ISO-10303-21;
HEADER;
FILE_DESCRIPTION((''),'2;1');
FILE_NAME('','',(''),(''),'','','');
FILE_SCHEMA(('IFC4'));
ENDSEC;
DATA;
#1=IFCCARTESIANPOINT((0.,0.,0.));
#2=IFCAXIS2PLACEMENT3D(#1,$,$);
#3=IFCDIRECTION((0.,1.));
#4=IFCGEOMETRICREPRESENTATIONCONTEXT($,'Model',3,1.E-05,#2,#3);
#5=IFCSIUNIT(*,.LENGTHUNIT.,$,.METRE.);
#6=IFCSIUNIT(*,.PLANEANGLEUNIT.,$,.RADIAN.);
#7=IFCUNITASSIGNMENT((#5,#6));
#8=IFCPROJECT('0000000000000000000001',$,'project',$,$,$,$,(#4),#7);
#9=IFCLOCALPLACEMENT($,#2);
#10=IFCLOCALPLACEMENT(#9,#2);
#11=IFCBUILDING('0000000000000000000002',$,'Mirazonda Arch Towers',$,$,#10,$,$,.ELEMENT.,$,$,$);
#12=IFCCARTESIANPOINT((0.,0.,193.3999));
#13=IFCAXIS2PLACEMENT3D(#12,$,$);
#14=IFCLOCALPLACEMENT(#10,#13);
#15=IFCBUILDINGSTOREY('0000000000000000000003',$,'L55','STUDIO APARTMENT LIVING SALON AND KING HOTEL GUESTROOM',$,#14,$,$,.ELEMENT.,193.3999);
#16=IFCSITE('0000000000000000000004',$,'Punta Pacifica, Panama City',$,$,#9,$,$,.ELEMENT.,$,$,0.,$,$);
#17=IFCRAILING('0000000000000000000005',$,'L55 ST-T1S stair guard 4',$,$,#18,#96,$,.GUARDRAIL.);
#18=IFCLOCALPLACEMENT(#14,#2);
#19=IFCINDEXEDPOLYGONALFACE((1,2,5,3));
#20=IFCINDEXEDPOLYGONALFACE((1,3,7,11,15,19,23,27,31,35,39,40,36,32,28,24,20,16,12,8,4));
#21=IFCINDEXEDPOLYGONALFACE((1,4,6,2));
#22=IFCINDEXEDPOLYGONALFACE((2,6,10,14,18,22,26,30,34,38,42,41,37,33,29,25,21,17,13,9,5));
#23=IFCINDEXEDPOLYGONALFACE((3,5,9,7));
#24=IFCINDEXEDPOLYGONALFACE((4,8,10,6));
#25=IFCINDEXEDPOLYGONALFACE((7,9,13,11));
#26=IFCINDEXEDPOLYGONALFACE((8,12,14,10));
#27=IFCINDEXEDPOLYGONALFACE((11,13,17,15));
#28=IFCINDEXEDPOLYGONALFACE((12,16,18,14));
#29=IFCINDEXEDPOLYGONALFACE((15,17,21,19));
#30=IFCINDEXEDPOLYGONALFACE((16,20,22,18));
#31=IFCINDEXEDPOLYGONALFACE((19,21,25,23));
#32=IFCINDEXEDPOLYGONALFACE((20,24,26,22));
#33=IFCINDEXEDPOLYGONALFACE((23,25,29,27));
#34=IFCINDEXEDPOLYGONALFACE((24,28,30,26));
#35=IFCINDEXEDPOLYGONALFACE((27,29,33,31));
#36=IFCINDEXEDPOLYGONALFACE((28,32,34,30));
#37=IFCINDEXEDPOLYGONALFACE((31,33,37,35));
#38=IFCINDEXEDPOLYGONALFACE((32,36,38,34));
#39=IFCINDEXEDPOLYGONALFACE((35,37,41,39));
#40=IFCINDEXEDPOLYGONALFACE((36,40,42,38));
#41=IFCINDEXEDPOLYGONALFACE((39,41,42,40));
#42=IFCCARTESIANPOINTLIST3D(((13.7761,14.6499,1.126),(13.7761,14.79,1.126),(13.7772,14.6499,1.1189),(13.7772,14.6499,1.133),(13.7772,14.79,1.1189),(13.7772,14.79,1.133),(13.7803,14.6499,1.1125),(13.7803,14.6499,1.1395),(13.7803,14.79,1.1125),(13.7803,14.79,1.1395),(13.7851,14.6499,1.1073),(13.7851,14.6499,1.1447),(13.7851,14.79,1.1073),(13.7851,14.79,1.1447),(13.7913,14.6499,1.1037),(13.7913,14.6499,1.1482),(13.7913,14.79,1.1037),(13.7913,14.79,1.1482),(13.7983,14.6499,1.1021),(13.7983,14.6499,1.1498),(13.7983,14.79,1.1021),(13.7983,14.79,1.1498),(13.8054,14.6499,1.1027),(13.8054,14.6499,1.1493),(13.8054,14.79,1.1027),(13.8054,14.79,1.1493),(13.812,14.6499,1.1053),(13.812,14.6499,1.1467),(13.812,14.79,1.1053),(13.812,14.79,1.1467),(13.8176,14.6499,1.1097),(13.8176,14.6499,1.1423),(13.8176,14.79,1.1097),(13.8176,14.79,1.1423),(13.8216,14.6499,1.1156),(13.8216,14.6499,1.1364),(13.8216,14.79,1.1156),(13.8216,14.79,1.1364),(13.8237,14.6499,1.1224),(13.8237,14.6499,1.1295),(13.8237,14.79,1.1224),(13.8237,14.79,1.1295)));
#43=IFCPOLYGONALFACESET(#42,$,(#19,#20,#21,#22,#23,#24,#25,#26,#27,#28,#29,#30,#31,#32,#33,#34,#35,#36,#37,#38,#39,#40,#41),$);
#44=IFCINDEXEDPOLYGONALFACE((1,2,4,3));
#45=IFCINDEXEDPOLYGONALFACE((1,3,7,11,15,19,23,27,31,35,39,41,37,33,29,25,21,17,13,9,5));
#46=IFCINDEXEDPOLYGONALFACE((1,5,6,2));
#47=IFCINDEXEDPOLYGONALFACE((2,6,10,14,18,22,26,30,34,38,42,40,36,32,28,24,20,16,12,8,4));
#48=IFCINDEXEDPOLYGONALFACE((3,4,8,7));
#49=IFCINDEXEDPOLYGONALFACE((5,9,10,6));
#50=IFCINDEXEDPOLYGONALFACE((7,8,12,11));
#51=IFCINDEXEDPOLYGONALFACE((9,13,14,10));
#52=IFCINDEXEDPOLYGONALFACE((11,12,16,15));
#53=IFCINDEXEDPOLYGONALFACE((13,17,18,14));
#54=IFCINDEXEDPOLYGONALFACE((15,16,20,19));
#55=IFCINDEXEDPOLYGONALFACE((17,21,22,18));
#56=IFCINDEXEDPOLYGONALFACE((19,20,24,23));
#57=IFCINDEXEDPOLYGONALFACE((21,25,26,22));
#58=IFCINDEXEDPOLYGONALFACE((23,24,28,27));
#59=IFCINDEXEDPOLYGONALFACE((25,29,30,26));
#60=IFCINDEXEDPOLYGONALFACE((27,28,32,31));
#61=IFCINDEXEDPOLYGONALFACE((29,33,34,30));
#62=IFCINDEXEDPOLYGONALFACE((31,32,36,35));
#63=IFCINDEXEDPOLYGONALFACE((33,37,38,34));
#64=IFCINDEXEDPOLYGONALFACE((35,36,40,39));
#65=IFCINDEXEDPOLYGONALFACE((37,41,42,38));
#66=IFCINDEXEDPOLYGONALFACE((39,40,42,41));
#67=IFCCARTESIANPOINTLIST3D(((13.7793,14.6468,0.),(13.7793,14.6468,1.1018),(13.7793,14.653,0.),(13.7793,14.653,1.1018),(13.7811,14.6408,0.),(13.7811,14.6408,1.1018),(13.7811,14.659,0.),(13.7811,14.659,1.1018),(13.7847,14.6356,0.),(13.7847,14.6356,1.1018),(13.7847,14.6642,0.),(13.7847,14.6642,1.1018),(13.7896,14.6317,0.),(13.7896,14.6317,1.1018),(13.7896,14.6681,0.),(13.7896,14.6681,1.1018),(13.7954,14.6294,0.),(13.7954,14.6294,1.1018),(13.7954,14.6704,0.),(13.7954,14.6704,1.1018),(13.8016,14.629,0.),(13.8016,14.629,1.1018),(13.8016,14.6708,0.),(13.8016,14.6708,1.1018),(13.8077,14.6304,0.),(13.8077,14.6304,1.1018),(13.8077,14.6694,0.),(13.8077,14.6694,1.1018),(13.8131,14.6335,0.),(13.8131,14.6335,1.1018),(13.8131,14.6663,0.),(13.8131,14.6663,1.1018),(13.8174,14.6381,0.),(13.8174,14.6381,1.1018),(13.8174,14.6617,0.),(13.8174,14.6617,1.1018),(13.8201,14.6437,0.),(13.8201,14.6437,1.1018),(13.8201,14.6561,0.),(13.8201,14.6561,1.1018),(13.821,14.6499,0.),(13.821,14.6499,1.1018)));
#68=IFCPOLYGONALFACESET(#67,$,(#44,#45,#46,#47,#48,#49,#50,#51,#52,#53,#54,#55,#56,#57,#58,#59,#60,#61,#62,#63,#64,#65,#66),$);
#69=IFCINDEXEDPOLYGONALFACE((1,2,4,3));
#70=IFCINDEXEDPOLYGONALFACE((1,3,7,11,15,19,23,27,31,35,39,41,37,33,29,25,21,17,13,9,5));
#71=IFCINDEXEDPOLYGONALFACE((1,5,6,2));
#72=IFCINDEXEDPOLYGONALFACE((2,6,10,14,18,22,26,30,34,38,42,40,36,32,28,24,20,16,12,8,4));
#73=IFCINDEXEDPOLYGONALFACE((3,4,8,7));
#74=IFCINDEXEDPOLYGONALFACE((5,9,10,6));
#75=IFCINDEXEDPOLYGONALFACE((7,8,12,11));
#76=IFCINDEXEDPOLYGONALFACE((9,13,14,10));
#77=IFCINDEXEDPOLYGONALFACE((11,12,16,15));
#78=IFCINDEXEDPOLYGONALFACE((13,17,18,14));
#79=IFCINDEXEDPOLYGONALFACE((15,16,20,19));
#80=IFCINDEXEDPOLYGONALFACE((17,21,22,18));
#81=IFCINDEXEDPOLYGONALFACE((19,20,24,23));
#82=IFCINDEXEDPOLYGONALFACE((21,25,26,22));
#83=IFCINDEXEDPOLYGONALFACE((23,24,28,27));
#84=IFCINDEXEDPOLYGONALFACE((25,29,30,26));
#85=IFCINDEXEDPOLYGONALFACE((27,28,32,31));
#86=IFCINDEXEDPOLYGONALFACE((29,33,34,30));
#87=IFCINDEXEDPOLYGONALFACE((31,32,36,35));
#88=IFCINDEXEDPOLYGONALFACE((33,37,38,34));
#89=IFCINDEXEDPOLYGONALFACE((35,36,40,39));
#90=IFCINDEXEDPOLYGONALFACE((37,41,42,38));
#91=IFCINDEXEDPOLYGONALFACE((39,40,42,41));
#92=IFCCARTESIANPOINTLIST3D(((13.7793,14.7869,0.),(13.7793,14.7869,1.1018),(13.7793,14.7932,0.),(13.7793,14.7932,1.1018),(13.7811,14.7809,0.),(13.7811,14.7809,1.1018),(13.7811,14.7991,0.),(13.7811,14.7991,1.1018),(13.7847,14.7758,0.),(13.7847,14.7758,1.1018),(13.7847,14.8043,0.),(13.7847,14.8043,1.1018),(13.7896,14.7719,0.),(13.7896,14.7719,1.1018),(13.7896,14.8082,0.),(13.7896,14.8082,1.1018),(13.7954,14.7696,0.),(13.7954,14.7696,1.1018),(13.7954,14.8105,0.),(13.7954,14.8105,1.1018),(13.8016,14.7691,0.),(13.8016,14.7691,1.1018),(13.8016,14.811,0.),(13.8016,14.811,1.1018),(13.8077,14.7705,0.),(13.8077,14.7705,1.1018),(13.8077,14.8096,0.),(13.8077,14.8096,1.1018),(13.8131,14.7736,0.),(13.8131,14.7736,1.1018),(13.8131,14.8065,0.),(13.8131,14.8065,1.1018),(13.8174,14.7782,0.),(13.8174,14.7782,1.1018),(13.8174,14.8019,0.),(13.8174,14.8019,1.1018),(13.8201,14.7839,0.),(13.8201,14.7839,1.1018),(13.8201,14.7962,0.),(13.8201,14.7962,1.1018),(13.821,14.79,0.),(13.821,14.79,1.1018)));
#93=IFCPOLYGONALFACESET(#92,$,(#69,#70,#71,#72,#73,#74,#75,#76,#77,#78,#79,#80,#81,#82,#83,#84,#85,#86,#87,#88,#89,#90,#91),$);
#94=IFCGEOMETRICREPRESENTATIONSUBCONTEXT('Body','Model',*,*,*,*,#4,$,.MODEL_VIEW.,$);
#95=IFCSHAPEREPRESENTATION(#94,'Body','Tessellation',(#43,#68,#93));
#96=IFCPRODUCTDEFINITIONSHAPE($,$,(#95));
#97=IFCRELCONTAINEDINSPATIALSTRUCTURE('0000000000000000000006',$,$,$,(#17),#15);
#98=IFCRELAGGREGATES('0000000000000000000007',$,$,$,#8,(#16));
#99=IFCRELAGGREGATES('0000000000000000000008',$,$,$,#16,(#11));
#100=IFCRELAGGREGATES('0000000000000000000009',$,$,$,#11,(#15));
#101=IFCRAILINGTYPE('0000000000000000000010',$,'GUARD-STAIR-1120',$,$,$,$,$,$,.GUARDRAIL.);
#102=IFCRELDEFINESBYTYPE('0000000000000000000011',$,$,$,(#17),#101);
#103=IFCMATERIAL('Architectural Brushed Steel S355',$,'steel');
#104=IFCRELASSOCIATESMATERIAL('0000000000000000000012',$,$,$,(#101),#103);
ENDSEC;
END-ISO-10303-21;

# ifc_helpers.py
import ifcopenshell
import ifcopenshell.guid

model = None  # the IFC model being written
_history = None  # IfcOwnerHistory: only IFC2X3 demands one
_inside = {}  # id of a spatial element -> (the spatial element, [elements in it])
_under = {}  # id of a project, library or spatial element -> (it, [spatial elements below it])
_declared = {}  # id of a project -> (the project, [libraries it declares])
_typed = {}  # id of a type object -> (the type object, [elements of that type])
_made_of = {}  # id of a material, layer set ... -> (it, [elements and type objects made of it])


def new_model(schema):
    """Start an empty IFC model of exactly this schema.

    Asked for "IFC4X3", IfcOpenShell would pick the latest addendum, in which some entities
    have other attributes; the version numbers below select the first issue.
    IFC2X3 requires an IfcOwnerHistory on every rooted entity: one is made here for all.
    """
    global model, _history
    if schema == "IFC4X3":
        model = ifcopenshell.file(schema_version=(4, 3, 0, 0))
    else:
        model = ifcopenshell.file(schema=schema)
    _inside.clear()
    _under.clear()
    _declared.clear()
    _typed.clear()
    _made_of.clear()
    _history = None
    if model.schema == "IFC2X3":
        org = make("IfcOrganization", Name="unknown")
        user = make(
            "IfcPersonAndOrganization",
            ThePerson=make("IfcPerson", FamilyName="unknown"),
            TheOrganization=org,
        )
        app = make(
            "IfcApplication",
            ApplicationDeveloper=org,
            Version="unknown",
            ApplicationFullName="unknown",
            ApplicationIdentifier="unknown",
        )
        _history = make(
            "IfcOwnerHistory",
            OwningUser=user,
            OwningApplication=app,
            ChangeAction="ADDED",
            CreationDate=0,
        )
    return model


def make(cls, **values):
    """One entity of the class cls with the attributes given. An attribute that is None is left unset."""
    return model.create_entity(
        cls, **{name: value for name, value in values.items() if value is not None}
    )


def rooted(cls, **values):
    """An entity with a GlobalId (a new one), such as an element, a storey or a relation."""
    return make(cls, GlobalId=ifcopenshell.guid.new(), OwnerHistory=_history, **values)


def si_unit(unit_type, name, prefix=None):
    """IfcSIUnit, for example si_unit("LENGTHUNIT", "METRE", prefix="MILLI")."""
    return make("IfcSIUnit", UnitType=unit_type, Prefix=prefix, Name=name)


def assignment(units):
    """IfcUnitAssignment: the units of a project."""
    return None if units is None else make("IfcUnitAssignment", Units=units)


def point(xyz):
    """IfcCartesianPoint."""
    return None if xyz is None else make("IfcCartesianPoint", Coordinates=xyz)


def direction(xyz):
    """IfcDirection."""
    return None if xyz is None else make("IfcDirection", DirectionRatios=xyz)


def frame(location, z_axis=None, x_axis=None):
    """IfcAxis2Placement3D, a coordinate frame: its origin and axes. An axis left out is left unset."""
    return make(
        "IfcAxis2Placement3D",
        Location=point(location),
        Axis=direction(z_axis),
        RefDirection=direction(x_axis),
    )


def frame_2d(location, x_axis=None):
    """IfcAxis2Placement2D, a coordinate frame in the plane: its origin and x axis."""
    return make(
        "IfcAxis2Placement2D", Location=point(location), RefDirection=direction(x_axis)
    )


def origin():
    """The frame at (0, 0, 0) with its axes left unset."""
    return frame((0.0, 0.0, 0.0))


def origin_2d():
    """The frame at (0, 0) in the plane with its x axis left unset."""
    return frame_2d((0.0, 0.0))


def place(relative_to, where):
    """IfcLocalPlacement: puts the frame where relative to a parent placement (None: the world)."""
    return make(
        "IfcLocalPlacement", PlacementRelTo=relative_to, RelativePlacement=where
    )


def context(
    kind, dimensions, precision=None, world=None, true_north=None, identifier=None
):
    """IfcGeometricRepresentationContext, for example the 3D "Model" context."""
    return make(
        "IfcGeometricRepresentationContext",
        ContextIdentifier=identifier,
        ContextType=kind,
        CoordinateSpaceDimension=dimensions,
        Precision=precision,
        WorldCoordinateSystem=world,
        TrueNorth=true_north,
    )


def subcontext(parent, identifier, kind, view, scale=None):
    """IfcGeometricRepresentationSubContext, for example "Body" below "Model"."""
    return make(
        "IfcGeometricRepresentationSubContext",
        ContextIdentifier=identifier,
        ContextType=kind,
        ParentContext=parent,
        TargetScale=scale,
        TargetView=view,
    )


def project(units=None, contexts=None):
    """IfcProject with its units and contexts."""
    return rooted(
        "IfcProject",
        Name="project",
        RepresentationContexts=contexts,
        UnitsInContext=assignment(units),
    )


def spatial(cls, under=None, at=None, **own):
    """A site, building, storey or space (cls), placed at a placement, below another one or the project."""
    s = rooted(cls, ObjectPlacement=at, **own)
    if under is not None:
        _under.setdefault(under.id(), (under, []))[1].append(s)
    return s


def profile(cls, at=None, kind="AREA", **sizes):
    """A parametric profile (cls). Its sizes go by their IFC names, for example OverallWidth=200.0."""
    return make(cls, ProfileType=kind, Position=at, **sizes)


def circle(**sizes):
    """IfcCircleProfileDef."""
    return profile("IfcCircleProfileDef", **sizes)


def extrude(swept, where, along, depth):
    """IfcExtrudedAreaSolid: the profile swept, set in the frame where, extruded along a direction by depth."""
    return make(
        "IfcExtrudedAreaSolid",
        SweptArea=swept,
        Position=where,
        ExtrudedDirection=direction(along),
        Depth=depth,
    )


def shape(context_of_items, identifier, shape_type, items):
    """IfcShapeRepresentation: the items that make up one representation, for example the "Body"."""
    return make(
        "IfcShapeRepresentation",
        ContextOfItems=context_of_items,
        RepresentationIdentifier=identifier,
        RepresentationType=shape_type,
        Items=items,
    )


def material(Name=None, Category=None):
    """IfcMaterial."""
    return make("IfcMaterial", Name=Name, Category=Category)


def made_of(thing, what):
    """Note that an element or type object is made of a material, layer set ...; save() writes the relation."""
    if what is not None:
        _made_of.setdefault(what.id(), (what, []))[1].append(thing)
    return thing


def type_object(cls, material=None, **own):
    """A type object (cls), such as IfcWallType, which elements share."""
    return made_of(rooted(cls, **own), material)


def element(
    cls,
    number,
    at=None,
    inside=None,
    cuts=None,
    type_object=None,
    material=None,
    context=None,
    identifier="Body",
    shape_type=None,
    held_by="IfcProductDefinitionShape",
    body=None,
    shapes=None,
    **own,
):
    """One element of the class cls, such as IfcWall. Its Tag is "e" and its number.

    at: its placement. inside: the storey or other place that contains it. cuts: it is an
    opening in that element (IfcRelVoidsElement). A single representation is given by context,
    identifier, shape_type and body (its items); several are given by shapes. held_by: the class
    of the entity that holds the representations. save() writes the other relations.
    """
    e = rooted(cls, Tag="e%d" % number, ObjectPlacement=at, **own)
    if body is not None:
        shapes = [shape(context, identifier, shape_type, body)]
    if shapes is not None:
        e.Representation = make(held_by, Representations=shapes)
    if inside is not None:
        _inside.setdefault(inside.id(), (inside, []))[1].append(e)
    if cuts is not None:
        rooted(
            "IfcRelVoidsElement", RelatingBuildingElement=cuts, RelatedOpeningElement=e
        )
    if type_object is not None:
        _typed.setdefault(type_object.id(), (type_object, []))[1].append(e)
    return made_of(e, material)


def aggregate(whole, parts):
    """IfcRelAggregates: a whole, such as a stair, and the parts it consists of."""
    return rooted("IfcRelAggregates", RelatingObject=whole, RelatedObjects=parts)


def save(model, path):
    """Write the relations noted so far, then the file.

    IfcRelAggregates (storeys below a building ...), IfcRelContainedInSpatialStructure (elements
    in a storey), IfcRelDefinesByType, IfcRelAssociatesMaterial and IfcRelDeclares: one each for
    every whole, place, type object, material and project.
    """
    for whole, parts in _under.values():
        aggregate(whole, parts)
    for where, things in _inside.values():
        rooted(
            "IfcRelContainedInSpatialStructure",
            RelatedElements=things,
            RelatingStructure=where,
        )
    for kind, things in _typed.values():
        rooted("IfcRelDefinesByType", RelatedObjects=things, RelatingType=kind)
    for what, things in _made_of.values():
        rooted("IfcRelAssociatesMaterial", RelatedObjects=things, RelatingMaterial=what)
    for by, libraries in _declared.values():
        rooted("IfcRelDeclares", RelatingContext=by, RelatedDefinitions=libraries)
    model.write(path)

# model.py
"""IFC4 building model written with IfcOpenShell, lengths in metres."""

from ifc_helpers import new_model, si_unit, direction, frame, origin, origin_2d, place, context, subcontext, project, spatial, circle, extrude, material, type_object, element, save


model = new_model("IFC4")

# Units and contexts
model_context = context("Model", 3, precision=1e-05, world=origin(), true_north=direction((0.0, 1.0)))
body_context = subcontext(model_context, "Body", "Model", "MODEL_VIEW")
ifc_project = project(units=[si_unit("LENGTHUNIT", "METRE"), si_unit("PLANEANGLEUNIT", "RADIAN")], contexts=[model_context])

# Site, building, storey
site_placement = place(None, origin())
site = spatial("IfcSite", under=ifc_project, at=site_placement, Name="Punta Pacifica, Panama City", CompositionType="ELEMENT", RefElevation=0.0)
building_placement = place(site_placement, origin())
building = spatial("IfcBuilding", under=site, at=building_placement, Name="Mirazonda Arch Towers", CompositionType="ELEMENT")
storey_placement = place(building_placement, frame((0.0, 0.0, 193.3999)))
storey = spatial("IfcBuildingStorey", under=building, at=storey_placement, Name="L55", Description="STUDIO APARTMENT LIVING SALON AND KING HOTEL GUESTROOM", CompositionType="ELEMENT", Elevation=193.3999)

# Shared definitions
ifc_material_1 = material(Name="Architectural Brushed Steel S355", Category="steel")

# Railing
railing_type_1 = type_object("IfcRailingType", Name="GUARD-STAIR-1120", PredefinedType="GUARDRAIL", material=ifc_material_1)
railing_1_placement = place(storey_placement, frame((13.8, 14.6499, 0.0)))
element("IfcRailing", 1, at=railing_1_placement, inside=storey, type_object=railing_type_1, Name="L55 ST-T1S stair guard 4", PredefinedType="GUARDRAIL", context=body_context, shape_type="SweptSolid", body=[
    extrude(circle(Radius=0.0239, at=origin_2d()), frame((0.0, 0.0, 1.126), z_axis=(0.0, 1.0, 0.0), x_axis=(-1.0, 0.0, 0.0)), (0.0, 0.0, 1.0), 0.1401),
    extrude(circle(Radius=0.021, at=origin_2d()), origin(), (0.0, 0.0, 1.0), 1.1018),
    extrude(circle(Radius=0.021, at=origin_2d()), frame((0.0, 0.1401, 0.0)), (0.0, 0.0, 1.0), 1.1018),
])

save(model, "model.ifc")
